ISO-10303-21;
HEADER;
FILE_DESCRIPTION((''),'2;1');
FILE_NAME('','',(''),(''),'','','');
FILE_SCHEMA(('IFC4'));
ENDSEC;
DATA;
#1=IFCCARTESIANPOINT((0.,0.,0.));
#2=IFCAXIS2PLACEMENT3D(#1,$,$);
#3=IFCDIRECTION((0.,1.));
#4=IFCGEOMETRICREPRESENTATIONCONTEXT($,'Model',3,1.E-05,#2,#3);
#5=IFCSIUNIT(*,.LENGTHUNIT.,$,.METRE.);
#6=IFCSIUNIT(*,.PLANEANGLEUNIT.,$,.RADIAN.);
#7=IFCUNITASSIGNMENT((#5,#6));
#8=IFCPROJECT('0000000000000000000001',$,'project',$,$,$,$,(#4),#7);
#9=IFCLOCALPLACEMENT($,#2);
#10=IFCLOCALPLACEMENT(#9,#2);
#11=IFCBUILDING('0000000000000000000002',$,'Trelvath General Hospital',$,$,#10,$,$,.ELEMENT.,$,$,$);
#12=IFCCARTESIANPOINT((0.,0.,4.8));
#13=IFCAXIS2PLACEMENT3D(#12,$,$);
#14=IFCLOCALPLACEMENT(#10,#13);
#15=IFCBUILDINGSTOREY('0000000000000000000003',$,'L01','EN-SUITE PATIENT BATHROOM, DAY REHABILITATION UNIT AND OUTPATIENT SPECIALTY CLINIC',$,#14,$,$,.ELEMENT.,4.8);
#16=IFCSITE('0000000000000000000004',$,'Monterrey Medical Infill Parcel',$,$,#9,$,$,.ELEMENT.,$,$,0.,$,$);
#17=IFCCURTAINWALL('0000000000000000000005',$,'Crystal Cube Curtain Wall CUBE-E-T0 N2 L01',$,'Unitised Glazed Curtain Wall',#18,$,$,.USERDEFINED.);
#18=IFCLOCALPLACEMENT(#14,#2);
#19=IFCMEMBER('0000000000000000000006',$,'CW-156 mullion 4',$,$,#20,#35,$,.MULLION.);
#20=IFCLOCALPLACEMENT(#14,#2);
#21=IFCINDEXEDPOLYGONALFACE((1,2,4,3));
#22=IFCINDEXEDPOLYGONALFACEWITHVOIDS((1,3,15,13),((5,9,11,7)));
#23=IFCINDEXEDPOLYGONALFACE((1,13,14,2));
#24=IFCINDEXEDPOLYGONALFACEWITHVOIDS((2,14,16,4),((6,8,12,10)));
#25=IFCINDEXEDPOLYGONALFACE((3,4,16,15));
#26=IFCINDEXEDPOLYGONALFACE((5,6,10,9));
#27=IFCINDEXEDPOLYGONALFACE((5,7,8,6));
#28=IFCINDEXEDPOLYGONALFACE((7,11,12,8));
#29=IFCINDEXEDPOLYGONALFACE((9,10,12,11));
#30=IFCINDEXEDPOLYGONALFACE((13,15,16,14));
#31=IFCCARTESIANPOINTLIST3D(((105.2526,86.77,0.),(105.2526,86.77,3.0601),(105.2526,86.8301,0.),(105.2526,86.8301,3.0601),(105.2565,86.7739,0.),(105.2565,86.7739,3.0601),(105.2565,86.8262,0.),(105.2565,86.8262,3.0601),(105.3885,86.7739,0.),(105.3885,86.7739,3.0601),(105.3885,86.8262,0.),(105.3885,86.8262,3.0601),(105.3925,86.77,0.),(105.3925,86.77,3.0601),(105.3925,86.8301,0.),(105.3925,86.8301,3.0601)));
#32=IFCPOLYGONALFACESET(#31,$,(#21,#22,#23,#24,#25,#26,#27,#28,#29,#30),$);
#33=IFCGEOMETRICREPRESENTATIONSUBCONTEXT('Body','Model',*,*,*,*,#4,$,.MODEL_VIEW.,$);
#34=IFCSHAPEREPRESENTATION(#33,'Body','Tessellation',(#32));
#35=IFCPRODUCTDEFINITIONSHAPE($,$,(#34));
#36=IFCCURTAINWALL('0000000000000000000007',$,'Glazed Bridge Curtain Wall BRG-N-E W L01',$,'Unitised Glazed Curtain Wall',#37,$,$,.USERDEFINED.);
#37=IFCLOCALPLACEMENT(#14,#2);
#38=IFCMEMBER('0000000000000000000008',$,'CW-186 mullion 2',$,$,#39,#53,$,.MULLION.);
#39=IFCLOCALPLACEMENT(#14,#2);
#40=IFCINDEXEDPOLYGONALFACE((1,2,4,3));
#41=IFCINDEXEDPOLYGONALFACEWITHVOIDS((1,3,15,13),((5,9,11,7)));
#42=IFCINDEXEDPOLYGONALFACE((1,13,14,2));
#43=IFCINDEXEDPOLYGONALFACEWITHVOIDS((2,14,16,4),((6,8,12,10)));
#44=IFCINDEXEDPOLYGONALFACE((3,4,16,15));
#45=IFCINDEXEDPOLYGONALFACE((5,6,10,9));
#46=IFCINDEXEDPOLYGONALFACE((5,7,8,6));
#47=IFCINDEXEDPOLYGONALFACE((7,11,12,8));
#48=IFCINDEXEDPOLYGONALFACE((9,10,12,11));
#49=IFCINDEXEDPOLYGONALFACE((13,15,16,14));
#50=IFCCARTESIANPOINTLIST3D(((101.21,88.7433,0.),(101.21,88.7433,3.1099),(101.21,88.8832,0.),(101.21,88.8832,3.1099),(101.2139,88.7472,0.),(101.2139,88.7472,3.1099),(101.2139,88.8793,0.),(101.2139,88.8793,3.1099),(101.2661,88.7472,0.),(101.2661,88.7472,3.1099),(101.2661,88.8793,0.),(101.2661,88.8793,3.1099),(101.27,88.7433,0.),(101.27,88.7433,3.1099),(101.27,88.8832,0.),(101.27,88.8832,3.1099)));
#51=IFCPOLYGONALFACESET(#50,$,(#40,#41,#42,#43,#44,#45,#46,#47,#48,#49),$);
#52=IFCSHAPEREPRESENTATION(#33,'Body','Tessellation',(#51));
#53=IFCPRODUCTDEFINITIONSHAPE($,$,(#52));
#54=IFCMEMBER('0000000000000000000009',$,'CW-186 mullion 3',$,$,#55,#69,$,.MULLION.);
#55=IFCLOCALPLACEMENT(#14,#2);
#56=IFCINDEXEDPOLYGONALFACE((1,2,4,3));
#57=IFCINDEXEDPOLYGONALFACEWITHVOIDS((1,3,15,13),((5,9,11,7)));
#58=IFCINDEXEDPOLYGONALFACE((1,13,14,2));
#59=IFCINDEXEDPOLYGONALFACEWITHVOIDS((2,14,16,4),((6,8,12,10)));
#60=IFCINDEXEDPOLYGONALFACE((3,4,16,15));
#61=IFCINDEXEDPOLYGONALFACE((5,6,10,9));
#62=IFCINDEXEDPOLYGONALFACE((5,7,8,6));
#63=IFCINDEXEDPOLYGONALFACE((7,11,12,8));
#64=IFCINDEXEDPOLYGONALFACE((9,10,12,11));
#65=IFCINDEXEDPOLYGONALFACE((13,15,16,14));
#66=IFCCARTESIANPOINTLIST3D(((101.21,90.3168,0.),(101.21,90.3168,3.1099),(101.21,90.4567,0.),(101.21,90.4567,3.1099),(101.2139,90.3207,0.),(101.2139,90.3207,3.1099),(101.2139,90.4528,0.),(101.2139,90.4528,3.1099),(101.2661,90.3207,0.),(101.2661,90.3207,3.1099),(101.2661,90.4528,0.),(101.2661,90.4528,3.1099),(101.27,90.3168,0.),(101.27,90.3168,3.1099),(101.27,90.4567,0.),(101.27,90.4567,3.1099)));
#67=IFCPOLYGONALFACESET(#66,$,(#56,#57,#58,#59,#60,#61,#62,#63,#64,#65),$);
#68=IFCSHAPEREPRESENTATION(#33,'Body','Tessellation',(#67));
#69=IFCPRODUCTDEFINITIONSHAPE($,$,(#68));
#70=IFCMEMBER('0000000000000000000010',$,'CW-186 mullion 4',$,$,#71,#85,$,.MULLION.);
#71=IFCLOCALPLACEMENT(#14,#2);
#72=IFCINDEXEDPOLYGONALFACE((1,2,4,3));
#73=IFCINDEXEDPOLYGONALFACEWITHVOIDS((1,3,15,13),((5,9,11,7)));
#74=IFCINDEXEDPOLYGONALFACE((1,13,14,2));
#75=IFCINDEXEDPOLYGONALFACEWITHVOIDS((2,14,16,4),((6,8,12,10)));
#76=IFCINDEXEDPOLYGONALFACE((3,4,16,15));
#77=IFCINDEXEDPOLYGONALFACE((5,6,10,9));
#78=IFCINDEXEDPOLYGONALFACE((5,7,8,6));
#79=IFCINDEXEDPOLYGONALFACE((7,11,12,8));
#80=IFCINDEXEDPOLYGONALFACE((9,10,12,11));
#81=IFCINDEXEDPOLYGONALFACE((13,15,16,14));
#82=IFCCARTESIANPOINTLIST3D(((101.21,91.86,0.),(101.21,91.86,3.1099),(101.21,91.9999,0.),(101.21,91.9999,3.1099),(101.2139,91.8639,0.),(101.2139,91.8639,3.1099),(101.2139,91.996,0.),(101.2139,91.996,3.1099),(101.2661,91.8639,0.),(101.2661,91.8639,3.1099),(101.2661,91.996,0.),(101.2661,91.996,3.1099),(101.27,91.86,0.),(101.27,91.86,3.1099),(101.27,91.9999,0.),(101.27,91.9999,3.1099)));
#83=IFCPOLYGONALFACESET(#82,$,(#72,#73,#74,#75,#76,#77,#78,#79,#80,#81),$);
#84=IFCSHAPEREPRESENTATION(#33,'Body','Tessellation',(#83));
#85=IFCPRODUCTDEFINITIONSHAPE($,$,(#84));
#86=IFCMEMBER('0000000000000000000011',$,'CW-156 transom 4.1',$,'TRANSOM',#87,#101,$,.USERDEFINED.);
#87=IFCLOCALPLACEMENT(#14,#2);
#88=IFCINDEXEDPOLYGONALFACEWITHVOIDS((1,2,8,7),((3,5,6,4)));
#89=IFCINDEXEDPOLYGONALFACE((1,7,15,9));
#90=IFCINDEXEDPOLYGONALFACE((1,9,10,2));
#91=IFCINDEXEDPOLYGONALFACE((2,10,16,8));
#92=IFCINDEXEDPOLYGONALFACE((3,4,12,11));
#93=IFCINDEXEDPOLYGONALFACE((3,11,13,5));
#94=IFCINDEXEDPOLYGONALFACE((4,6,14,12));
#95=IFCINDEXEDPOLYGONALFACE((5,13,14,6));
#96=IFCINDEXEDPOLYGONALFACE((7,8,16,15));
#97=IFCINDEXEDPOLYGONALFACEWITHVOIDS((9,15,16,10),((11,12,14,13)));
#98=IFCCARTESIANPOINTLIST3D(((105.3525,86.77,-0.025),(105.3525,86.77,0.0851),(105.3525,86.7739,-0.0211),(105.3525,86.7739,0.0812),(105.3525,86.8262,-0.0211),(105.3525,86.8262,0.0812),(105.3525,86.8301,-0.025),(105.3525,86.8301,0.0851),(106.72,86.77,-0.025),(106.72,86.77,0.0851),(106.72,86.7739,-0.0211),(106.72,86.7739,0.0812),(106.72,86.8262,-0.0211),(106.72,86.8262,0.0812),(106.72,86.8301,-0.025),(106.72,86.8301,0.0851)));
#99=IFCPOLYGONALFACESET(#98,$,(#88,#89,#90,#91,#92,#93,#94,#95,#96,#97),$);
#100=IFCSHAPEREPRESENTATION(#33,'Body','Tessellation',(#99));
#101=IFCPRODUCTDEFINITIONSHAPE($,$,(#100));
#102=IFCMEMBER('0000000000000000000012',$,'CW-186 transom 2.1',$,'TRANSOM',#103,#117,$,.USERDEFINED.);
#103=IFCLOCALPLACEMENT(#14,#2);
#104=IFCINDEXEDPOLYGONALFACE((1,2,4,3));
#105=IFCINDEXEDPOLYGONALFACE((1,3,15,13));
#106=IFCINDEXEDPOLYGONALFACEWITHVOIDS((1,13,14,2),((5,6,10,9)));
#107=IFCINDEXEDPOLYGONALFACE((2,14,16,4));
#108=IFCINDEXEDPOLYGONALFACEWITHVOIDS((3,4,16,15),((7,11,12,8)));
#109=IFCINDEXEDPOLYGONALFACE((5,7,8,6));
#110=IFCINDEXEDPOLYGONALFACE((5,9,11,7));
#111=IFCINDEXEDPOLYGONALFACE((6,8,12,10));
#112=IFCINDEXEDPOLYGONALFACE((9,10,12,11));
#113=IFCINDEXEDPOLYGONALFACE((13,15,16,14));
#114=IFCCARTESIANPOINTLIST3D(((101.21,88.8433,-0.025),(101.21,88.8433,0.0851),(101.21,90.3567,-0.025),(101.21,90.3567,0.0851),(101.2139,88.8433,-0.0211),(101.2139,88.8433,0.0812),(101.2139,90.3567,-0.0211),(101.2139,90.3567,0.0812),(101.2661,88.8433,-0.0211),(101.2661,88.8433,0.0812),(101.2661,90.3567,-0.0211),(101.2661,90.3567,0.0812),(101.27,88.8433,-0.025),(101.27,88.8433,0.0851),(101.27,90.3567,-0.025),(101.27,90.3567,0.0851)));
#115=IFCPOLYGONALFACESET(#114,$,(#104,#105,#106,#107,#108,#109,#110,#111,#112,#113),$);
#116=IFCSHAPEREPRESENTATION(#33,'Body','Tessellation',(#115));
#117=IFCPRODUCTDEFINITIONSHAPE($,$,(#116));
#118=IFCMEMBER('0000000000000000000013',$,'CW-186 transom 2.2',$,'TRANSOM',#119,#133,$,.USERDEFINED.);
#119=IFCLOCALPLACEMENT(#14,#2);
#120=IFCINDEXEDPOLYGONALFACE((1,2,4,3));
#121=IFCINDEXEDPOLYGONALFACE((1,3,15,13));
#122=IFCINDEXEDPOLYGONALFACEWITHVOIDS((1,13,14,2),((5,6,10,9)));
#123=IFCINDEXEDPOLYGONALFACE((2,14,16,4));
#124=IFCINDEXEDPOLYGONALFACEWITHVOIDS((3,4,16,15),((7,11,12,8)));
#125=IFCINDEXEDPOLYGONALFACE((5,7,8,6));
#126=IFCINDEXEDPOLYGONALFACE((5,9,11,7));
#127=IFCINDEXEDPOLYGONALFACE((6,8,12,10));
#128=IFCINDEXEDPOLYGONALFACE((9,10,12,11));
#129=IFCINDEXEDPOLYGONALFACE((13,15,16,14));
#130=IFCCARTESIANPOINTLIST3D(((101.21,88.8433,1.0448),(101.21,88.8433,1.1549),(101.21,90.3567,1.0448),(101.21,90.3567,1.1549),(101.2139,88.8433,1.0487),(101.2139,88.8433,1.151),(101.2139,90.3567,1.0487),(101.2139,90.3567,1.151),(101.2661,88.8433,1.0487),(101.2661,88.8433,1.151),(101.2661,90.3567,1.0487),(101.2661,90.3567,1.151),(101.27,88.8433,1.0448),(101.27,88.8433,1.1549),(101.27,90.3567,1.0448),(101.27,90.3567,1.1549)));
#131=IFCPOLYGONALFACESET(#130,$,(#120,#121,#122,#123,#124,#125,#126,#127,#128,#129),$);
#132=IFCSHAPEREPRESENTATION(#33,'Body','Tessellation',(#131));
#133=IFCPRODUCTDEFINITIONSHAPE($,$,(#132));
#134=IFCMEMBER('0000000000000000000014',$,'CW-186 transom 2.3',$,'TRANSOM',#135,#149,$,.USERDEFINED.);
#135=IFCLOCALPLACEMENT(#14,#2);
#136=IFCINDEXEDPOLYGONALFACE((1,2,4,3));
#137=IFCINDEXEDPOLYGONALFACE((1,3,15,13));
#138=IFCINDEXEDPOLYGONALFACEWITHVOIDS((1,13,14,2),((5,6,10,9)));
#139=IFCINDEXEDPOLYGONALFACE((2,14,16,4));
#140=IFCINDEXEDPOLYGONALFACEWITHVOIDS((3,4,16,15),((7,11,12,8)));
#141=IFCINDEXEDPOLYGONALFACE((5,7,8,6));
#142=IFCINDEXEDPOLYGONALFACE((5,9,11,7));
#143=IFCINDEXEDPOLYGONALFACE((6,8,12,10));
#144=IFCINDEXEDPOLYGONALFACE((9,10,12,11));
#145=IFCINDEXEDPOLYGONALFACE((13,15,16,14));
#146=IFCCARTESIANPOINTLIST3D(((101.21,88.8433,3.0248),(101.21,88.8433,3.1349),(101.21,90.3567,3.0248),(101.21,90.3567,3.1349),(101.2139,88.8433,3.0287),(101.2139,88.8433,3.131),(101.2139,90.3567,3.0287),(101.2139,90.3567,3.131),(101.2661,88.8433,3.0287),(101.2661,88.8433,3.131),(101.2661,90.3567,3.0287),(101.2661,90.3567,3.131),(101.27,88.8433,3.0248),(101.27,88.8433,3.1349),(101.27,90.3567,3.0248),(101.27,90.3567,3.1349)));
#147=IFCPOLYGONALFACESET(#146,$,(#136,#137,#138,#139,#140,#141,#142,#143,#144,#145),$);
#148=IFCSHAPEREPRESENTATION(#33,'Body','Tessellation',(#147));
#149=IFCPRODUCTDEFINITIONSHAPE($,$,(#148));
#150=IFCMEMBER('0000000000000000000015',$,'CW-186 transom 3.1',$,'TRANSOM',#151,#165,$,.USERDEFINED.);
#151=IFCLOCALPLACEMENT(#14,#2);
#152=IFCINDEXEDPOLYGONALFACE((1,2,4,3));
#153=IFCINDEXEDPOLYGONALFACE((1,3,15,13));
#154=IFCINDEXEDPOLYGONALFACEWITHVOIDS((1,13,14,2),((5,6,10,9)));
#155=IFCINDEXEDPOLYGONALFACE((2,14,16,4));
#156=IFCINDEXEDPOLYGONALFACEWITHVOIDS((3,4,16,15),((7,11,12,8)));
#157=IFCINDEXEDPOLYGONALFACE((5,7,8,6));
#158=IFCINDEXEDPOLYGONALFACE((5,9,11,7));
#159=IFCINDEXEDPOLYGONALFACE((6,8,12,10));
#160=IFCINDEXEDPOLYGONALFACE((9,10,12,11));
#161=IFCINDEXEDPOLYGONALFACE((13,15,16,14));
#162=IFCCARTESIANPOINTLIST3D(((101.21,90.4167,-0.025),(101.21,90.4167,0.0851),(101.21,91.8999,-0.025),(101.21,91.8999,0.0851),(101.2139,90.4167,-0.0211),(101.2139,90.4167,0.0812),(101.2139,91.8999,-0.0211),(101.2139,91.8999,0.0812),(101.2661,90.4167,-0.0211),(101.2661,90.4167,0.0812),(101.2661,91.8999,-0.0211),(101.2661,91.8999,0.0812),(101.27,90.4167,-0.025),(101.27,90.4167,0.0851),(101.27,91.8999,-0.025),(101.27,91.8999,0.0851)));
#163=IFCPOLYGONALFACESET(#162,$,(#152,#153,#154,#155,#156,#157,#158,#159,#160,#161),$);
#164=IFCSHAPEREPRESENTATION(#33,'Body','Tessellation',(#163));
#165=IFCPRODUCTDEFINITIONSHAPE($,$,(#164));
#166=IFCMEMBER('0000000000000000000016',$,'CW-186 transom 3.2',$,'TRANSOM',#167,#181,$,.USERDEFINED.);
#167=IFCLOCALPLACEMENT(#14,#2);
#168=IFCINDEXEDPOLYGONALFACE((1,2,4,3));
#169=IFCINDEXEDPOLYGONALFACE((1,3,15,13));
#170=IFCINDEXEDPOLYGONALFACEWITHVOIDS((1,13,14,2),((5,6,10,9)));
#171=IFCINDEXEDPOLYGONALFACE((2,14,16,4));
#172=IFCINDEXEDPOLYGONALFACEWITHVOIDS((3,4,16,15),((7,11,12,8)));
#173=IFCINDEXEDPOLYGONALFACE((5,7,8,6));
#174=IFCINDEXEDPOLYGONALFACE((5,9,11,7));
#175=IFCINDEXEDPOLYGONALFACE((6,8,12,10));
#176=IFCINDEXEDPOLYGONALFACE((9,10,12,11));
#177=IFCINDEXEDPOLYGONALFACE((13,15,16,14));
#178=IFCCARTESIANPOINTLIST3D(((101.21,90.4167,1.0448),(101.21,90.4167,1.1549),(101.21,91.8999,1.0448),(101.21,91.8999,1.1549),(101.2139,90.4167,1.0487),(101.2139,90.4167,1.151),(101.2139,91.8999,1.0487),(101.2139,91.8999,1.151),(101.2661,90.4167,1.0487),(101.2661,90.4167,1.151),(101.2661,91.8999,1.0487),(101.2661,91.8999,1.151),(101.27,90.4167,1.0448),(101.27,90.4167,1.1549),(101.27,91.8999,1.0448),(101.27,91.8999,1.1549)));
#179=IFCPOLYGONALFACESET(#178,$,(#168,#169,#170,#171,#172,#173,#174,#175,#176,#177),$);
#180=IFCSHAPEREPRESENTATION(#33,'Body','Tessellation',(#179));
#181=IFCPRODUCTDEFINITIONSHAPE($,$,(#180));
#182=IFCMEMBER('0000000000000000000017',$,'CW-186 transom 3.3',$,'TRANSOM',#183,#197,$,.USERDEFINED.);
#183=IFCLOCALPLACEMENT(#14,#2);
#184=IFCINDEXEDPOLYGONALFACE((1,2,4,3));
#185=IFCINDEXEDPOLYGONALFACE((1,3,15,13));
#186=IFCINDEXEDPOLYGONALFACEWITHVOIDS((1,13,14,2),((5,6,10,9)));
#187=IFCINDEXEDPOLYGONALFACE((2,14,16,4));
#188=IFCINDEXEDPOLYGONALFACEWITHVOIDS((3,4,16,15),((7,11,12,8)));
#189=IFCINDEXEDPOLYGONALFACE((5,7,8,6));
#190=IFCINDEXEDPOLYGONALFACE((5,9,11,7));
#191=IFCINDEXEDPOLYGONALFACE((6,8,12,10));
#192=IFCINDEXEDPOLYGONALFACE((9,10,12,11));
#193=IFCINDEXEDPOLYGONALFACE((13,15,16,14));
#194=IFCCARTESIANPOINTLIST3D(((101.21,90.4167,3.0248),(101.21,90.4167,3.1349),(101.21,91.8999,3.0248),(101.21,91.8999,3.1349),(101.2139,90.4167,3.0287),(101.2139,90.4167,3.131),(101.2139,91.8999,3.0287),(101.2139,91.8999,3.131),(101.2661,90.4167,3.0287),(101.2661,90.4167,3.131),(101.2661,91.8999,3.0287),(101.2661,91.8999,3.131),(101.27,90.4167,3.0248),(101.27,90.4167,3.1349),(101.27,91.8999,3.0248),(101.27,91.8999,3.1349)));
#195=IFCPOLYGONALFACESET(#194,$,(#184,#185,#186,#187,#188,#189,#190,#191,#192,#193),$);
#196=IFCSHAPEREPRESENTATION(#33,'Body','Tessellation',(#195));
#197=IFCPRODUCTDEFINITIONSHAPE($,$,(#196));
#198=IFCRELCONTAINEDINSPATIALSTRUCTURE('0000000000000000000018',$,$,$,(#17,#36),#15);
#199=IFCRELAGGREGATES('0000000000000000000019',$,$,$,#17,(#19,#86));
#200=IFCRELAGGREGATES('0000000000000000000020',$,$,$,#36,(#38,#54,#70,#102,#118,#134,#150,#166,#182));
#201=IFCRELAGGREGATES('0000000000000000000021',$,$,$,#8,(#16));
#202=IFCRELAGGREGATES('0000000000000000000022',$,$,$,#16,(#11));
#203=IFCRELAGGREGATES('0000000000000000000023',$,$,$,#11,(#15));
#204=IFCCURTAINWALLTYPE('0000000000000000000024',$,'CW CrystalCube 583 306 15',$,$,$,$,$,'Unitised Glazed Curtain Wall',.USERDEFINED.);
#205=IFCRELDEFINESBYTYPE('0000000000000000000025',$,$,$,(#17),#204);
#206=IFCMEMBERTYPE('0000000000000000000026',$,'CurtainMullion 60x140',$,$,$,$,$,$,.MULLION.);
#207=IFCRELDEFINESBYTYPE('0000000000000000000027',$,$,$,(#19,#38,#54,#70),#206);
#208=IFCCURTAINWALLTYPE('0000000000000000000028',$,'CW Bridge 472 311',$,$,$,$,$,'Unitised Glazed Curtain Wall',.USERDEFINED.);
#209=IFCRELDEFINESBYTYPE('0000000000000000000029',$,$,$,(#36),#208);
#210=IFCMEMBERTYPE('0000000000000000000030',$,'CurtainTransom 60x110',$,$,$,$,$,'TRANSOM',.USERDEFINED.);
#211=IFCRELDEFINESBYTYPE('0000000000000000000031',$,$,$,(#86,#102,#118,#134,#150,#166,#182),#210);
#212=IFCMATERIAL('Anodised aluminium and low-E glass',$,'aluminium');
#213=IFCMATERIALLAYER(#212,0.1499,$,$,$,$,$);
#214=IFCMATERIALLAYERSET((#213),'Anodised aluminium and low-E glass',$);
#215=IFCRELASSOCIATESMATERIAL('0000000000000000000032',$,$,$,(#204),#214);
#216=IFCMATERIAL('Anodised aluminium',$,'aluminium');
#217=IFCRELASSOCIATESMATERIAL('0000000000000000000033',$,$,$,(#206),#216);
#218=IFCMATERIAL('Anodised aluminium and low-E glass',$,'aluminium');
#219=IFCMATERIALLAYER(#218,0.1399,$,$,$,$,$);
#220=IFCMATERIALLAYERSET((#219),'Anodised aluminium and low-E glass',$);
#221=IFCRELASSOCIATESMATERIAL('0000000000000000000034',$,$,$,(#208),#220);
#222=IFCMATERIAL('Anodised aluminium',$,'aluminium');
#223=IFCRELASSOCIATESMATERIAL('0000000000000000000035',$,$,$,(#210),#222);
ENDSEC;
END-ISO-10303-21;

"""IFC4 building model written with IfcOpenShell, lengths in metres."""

from ifc_helpers import new_model, si_unit, direction, frame, origin, origin_2d, place, context, subcontext, project, spatial, hollow_rectangle, extrude, material, layer, layer_set, material_profile, profile_set, type_object, element, aggregate, save


model = new_model("IFC4")

# Units and contexts
model_context = context("Model", 3, precision=1e-05, world=origin(), true_north=direction((0.0, 1.0)))
body_context = subcontext(model_context, "Body", "Model", "MODEL_VIEW")
ifc_project = project(units=[si_unit("LENGTHUNIT", "METRE"), si_unit("PLANEANGLEUNIT", "RADIAN")], contexts=[model_context])

# Site, building, storey
site_placement = place(None, origin())
site = spatial("IfcSite", under=ifc_project, at=site_placement, Name="Monterrey Medical Infill Parcel", CompositionType="ELEMENT", RefElevation=0.0)
building_placement = place(site_placement, origin())
building = spatial("IfcBuilding", under=site, at=building_placement, Name="Trelvath General Hospital", CompositionType="ELEMENT")
storey_placement = place(building_placement, frame((0.0, 0.0, 4.8)))
storey = spatial("IfcBuildingStorey", under=building, at=storey_placement, Name="L01", Description="EN-SUITE PATIENT BATHROOM, DAY REHABILITATION UNIT AND OUTPATIENT SPECIALTY CLINIC", CompositionType="ELEMENT", Elevation=4.8)

# Curtain wall, member
ifc_material_1 = material(Name="Anodised aluminium and low-E glass", Category="aluminium")
ifc_layer_1 = layer(ifc_material_1, 0.1499)
ifc_layer_set_1 = layer_set([ifc_layer_1], Name="Anodised aluminium and low-E glass")
curtain_wall_type_1 = type_object("IfcCurtainWallType", Name="CW CrystalCube 583 306 15", ElementType="Unitised Glazed Curtain Wall", PredefinedType="USERDEFINED", material=ifc_layer_set_1)
curtain_wall_1_placement = place(storey_placement, origin())
curtain_wall_1 = element("IfcCurtainWall", 1, at=curtain_wall_1_placement, inside=storey, type_object=curtain_wall_type_1, Name="Crystal Cube Curtain Wall CUBE-E-T0 N2 L01", ObjectType="Unitised Glazed Curtain Wall", PredefinedType="USERDEFINED")
ifc_material_2 = material(Name="Anodised aluminium", Category="aluminium")
ifc_material_profile_1 = material_profile(ifc_material_2, hollow_rectangle(XDim=0.0601, YDim=0.1399, WallThickness=0.0039, at=origin_2d()), Name="RHS60x140x4")
ifc_profile_set_1 = profile_set([ifc_material_profile_1], Name="Anodised aluminium")
member_type_1 = type_object("IfcMemberType", Name="CurtainMullion 60x140", PredefinedType="MULLION", material=ifc_profile_set_1)
member_1_placement = place(storey_placement, frame((105.3225, 86.8, 0.0), z_axis=(0.0, 0.0, 1.0), x_axis=(0.0, 1.0, 0.0)))
member_1 = element("IfcMember", 2, at=member_1_placement, type_object=member_type_1, Name="CW-156 mullion 4", PredefinedType="MULLION", context=body_context, shape_type="SweptSolid", body=[
    extrude(hollow_rectangle(XDim=0.0601, YDim=0.1399, WallThickness=0.0039, at=origin_2d()), origin(), (0.0, 0.0, 1.0), 3.0601),
])

# Curtain wall, members
ifc_material_3 = material(Name="Anodised aluminium and low-E glass", Category="aluminium")
ifc_layer_2 = layer(ifc_material_3, 0.1399)
ifc_layer_set_2 = layer_set([ifc_layer_2], Name="Anodised aluminium and low-E glass")
curtain_wall_type_2 = type_object("IfcCurtainWallType", Name="CW Bridge 472 311", ElementType="Unitised Glazed Curtain Wall", PredefinedType="USERDEFINED", material=ifc_layer_set_2)
curtain_wall_2_placement = place(storey_placement, origin())
curtain_wall_2 = element("IfcCurtainWall", 3, at=curtain_wall_2_placement, inside=storey, type_object=curtain_wall_type_2, Name="Glazed Bridge Curtain Wall BRG-N-E W L01", ObjectType="Unitised Glazed Curtain Wall", PredefinedType="USERDEFINED")
member_2_placement = place(storey_placement, frame((101.24, 88.8132, 0.0), z_axis=(0.0, 0.0, 1.0), x_axis=(-1.0, 0.0, 0.0)))
member_2 = element("IfcMember", 4, at=member_2_placement, type_object=member_type_1, Name="CW-186 mullion 2", PredefinedType="MULLION", context=body_context, shape_type="SweptSolid", body=[
    extrude(hollow_rectangle(XDim=0.0601, YDim=0.1399, WallThickness=0.0039, at=origin_2d()), origin(), (0.0, 0.0, 1.0), 3.1099),
])
member_3_placement = place(storey_placement, frame((101.24, 90.3867, 0.0), z_axis=(0.0, 0.0, 1.0), x_axis=(-1.0, 0.0, 0.0)))
member_3 = element("IfcMember", 5, at=member_3_placement, type_object=member_type_1, Name="CW-186 mullion 3", PredefinedType="MULLION", context=body_context, shape_type="SweptSolid", body=[
    extrude(hollow_rectangle(XDim=0.0601, YDim=0.1399, WallThickness=0.0039, at=origin_2d()), origin(), (0.0, 0.0, 1.0), 3.1099),
])
member_4_placement = place(storey_placement, frame((101.24, 91.9299, 0.0), z_axis=(0.0, 0.0, 1.0), x_axis=(-1.0, 0.0, 0.0)))
member_4 = element("IfcMember", 6, at=member_4_placement, type_object=member_type_1, Name="CW-186 mullion 4", PredefinedType="MULLION", context=body_context, shape_type="SweptSolid", body=[
    extrude(hollow_rectangle(XDim=0.0601, YDim=0.1399, WallThickness=0.0039, at=origin_2d()), origin(), (0.0, 0.0, 1.0), 3.1099),
])

# Members
ifc_material_4 = material(Name="Anodised aluminium", Category="aluminium")
ifc_material_profile_2 = material_profile(ifc_material_4, hollow_rectangle(XDim=0.0601, YDim=0.1101, WallThickness=0.0039, at=origin_2d()), Name="RHS60x110x4")
ifc_profile_set_2 = profile_set([ifc_material_profile_2], Name="Anodised aluminium")
member_type_2 = type_object("IfcMemberType", Name="CurtainTransom 60x110", ElementType="TRANSOM", PredefinedType="USERDEFINED", material=ifc_profile_set_2)
member_5_placement = place(storey_placement, frame((105.3525, 86.8, 0.03), z_axis=(1.0, 0.0, 0.0), x_axis=(0.0, 1.0, 0.0)))
member_5 = element("IfcMember", 7, at=member_5_placement, type_object=member_type_2, Name="CW-156 transom 4.1", ObjectType="TRANSOM", PredefinedType="USERDEFINED", context=body_context, shape_type="SweptSolid", body=[
    extrude(hollow_rectangle(XDim=0.0601, YDim=0.1101, WallThickness=0.0039, at=origin_2d()), origin(), (0.0, 0.0, 1.0), 1.3674),
])
aggregate(curtain_wall_1, [member_1, member_5])
member_6_placement = place(storey_placement, frame((101.24, 88.8433, 0.03), z_axis=(0.0, 1.0, 0.0), x_axis=(-1.0, 0.0, 0.0)))
member_6 = element("IfcMember", 8, at=member_6_placement, type_object=member_type_2, Name="CW-186 transom 2.1", ObjectType="TRANSOM", PredefinedType="USERDEFINED", context=body_context, shape_type="SweptSolid", body=[
    extrude(hollow_rectangle(XDim=0.0601, YDim=0.1101, WallThickness=0.0039, at=origin_2d()), origin(), (0.0, 0.0, 1.0), 1.5134),
])
member_7_placement = place(storey_placement, frame((101.24, 88.8433, 1.0999), z_axis=(0.0, 1.0, 0.0), x_axis=(-1.0, 0.0, 0.0)))
member_7 = element("IfcMember", 9, at=member_7_placement, type_object=member_type_2, Name="CW-186 transom 2.2", ObjectType="TRANSOM", PredefinedType="USERDEFINED", context=body_context, shape_type="SweptSolid", body=[
    extrude(hollow_rectangle(XDim=0.0601, YDim=0.1101, WallThickness=0.0039, at=origin_2d()), origin(), (0.0, 0.0, 1.0), 1.5134),
])
member_8_placement = place(storey_placement, frame((101.24, 88.8433, 3.0798), z_axis=(0.0, 1.0, 0.0), x_axis=(-1.0, 0.0, 0.0)))
member_8 = element("IfcMember", 10, at=member_8_placement, type_object=member_type_2, Name="CW-186 transom 2.3", ObjectType="TRANSOM", PredefinedType="USERDEFINED", context=body_context, shape_type="SweptSolid", body=[
    extrude(hollow_rectangle(XDim=0.0601, YDim=0.1101, WallThickness=0.0039, at=origin_2d()), origin(), (0.0, 0.0, 1.0), 1.5134),
])
member_9_placement = place(storey_placement, frame((101.24, 90.4167, 0.03), z_axis=(0.0, 1.0, 0.0), x_axis=(-1.0, 0.0, 0.0)))
member_9 = element("IfcMember", 11, at=member_9_placement, type_object=member_type_2, Name="CW-186 transom 3.1", ObjectType="TRANSOM", PredefinedType="USERDEFINED", context=body_context, shape_type="SweptSolid", body=[
    extrude(hollow_rectangle(XDim=0.0601, YDim=0.1101, WallThickness=0.0039, at=origin_2d()), origin(), (0.0, 0.0, 1.0), 1.4832),
])
member_10_placement = place(storey_placement, frame((101.24, 90.4167, 1.0999), z_axis=(0.0, 1.0, 0.0), x_axis=(-1.0, 0.0, 0.0)))
member_10 = element("IfcMember", 12, at=member_10_placement, type_object=member_type_2, Name="CW-186 transom 3.2", ObjectType="TRANSOM", PredefinedType="USERDEFINED", context=body_context, shape_type="SweptSolid", body=[
    extrude(hollow_rectangle(XDim=0.0601, YDim=0.1101, WallThickness=0.0039, at=origin_2d()), origin(), (0.0, 0.0, 1.0), 1.4832),
])
member_11_placement = place(storey_placement, frame((101.24, 90.4167, 3.0798), z_axis=(0.0, 1.0, 0.0), x_axis=(-1.0, 0.0, 0.0)))
member_11 = element("IfcMember", 13, at=member_11_placement, type_object=member_type_2, Name="CW-186 transom 3.3", ObjectType="TRANSOM", PredefinedType="USERDEFINED", context=body_context, shape_type="SweptSolid", body=[
    extrude(hollow_rectangle(XDim=0.0601, YDim=0.1101, WallThickness=0.0039, at=origin_2d()), origin(), (0.0, 0.0, 1.0), 1.4832),
])

aggregate(curtain_wall_2, [member_2, member_3, member_4, member_6, member_7, member_8, member_9, member_10, member_11])

save(model, "model.ifc")
